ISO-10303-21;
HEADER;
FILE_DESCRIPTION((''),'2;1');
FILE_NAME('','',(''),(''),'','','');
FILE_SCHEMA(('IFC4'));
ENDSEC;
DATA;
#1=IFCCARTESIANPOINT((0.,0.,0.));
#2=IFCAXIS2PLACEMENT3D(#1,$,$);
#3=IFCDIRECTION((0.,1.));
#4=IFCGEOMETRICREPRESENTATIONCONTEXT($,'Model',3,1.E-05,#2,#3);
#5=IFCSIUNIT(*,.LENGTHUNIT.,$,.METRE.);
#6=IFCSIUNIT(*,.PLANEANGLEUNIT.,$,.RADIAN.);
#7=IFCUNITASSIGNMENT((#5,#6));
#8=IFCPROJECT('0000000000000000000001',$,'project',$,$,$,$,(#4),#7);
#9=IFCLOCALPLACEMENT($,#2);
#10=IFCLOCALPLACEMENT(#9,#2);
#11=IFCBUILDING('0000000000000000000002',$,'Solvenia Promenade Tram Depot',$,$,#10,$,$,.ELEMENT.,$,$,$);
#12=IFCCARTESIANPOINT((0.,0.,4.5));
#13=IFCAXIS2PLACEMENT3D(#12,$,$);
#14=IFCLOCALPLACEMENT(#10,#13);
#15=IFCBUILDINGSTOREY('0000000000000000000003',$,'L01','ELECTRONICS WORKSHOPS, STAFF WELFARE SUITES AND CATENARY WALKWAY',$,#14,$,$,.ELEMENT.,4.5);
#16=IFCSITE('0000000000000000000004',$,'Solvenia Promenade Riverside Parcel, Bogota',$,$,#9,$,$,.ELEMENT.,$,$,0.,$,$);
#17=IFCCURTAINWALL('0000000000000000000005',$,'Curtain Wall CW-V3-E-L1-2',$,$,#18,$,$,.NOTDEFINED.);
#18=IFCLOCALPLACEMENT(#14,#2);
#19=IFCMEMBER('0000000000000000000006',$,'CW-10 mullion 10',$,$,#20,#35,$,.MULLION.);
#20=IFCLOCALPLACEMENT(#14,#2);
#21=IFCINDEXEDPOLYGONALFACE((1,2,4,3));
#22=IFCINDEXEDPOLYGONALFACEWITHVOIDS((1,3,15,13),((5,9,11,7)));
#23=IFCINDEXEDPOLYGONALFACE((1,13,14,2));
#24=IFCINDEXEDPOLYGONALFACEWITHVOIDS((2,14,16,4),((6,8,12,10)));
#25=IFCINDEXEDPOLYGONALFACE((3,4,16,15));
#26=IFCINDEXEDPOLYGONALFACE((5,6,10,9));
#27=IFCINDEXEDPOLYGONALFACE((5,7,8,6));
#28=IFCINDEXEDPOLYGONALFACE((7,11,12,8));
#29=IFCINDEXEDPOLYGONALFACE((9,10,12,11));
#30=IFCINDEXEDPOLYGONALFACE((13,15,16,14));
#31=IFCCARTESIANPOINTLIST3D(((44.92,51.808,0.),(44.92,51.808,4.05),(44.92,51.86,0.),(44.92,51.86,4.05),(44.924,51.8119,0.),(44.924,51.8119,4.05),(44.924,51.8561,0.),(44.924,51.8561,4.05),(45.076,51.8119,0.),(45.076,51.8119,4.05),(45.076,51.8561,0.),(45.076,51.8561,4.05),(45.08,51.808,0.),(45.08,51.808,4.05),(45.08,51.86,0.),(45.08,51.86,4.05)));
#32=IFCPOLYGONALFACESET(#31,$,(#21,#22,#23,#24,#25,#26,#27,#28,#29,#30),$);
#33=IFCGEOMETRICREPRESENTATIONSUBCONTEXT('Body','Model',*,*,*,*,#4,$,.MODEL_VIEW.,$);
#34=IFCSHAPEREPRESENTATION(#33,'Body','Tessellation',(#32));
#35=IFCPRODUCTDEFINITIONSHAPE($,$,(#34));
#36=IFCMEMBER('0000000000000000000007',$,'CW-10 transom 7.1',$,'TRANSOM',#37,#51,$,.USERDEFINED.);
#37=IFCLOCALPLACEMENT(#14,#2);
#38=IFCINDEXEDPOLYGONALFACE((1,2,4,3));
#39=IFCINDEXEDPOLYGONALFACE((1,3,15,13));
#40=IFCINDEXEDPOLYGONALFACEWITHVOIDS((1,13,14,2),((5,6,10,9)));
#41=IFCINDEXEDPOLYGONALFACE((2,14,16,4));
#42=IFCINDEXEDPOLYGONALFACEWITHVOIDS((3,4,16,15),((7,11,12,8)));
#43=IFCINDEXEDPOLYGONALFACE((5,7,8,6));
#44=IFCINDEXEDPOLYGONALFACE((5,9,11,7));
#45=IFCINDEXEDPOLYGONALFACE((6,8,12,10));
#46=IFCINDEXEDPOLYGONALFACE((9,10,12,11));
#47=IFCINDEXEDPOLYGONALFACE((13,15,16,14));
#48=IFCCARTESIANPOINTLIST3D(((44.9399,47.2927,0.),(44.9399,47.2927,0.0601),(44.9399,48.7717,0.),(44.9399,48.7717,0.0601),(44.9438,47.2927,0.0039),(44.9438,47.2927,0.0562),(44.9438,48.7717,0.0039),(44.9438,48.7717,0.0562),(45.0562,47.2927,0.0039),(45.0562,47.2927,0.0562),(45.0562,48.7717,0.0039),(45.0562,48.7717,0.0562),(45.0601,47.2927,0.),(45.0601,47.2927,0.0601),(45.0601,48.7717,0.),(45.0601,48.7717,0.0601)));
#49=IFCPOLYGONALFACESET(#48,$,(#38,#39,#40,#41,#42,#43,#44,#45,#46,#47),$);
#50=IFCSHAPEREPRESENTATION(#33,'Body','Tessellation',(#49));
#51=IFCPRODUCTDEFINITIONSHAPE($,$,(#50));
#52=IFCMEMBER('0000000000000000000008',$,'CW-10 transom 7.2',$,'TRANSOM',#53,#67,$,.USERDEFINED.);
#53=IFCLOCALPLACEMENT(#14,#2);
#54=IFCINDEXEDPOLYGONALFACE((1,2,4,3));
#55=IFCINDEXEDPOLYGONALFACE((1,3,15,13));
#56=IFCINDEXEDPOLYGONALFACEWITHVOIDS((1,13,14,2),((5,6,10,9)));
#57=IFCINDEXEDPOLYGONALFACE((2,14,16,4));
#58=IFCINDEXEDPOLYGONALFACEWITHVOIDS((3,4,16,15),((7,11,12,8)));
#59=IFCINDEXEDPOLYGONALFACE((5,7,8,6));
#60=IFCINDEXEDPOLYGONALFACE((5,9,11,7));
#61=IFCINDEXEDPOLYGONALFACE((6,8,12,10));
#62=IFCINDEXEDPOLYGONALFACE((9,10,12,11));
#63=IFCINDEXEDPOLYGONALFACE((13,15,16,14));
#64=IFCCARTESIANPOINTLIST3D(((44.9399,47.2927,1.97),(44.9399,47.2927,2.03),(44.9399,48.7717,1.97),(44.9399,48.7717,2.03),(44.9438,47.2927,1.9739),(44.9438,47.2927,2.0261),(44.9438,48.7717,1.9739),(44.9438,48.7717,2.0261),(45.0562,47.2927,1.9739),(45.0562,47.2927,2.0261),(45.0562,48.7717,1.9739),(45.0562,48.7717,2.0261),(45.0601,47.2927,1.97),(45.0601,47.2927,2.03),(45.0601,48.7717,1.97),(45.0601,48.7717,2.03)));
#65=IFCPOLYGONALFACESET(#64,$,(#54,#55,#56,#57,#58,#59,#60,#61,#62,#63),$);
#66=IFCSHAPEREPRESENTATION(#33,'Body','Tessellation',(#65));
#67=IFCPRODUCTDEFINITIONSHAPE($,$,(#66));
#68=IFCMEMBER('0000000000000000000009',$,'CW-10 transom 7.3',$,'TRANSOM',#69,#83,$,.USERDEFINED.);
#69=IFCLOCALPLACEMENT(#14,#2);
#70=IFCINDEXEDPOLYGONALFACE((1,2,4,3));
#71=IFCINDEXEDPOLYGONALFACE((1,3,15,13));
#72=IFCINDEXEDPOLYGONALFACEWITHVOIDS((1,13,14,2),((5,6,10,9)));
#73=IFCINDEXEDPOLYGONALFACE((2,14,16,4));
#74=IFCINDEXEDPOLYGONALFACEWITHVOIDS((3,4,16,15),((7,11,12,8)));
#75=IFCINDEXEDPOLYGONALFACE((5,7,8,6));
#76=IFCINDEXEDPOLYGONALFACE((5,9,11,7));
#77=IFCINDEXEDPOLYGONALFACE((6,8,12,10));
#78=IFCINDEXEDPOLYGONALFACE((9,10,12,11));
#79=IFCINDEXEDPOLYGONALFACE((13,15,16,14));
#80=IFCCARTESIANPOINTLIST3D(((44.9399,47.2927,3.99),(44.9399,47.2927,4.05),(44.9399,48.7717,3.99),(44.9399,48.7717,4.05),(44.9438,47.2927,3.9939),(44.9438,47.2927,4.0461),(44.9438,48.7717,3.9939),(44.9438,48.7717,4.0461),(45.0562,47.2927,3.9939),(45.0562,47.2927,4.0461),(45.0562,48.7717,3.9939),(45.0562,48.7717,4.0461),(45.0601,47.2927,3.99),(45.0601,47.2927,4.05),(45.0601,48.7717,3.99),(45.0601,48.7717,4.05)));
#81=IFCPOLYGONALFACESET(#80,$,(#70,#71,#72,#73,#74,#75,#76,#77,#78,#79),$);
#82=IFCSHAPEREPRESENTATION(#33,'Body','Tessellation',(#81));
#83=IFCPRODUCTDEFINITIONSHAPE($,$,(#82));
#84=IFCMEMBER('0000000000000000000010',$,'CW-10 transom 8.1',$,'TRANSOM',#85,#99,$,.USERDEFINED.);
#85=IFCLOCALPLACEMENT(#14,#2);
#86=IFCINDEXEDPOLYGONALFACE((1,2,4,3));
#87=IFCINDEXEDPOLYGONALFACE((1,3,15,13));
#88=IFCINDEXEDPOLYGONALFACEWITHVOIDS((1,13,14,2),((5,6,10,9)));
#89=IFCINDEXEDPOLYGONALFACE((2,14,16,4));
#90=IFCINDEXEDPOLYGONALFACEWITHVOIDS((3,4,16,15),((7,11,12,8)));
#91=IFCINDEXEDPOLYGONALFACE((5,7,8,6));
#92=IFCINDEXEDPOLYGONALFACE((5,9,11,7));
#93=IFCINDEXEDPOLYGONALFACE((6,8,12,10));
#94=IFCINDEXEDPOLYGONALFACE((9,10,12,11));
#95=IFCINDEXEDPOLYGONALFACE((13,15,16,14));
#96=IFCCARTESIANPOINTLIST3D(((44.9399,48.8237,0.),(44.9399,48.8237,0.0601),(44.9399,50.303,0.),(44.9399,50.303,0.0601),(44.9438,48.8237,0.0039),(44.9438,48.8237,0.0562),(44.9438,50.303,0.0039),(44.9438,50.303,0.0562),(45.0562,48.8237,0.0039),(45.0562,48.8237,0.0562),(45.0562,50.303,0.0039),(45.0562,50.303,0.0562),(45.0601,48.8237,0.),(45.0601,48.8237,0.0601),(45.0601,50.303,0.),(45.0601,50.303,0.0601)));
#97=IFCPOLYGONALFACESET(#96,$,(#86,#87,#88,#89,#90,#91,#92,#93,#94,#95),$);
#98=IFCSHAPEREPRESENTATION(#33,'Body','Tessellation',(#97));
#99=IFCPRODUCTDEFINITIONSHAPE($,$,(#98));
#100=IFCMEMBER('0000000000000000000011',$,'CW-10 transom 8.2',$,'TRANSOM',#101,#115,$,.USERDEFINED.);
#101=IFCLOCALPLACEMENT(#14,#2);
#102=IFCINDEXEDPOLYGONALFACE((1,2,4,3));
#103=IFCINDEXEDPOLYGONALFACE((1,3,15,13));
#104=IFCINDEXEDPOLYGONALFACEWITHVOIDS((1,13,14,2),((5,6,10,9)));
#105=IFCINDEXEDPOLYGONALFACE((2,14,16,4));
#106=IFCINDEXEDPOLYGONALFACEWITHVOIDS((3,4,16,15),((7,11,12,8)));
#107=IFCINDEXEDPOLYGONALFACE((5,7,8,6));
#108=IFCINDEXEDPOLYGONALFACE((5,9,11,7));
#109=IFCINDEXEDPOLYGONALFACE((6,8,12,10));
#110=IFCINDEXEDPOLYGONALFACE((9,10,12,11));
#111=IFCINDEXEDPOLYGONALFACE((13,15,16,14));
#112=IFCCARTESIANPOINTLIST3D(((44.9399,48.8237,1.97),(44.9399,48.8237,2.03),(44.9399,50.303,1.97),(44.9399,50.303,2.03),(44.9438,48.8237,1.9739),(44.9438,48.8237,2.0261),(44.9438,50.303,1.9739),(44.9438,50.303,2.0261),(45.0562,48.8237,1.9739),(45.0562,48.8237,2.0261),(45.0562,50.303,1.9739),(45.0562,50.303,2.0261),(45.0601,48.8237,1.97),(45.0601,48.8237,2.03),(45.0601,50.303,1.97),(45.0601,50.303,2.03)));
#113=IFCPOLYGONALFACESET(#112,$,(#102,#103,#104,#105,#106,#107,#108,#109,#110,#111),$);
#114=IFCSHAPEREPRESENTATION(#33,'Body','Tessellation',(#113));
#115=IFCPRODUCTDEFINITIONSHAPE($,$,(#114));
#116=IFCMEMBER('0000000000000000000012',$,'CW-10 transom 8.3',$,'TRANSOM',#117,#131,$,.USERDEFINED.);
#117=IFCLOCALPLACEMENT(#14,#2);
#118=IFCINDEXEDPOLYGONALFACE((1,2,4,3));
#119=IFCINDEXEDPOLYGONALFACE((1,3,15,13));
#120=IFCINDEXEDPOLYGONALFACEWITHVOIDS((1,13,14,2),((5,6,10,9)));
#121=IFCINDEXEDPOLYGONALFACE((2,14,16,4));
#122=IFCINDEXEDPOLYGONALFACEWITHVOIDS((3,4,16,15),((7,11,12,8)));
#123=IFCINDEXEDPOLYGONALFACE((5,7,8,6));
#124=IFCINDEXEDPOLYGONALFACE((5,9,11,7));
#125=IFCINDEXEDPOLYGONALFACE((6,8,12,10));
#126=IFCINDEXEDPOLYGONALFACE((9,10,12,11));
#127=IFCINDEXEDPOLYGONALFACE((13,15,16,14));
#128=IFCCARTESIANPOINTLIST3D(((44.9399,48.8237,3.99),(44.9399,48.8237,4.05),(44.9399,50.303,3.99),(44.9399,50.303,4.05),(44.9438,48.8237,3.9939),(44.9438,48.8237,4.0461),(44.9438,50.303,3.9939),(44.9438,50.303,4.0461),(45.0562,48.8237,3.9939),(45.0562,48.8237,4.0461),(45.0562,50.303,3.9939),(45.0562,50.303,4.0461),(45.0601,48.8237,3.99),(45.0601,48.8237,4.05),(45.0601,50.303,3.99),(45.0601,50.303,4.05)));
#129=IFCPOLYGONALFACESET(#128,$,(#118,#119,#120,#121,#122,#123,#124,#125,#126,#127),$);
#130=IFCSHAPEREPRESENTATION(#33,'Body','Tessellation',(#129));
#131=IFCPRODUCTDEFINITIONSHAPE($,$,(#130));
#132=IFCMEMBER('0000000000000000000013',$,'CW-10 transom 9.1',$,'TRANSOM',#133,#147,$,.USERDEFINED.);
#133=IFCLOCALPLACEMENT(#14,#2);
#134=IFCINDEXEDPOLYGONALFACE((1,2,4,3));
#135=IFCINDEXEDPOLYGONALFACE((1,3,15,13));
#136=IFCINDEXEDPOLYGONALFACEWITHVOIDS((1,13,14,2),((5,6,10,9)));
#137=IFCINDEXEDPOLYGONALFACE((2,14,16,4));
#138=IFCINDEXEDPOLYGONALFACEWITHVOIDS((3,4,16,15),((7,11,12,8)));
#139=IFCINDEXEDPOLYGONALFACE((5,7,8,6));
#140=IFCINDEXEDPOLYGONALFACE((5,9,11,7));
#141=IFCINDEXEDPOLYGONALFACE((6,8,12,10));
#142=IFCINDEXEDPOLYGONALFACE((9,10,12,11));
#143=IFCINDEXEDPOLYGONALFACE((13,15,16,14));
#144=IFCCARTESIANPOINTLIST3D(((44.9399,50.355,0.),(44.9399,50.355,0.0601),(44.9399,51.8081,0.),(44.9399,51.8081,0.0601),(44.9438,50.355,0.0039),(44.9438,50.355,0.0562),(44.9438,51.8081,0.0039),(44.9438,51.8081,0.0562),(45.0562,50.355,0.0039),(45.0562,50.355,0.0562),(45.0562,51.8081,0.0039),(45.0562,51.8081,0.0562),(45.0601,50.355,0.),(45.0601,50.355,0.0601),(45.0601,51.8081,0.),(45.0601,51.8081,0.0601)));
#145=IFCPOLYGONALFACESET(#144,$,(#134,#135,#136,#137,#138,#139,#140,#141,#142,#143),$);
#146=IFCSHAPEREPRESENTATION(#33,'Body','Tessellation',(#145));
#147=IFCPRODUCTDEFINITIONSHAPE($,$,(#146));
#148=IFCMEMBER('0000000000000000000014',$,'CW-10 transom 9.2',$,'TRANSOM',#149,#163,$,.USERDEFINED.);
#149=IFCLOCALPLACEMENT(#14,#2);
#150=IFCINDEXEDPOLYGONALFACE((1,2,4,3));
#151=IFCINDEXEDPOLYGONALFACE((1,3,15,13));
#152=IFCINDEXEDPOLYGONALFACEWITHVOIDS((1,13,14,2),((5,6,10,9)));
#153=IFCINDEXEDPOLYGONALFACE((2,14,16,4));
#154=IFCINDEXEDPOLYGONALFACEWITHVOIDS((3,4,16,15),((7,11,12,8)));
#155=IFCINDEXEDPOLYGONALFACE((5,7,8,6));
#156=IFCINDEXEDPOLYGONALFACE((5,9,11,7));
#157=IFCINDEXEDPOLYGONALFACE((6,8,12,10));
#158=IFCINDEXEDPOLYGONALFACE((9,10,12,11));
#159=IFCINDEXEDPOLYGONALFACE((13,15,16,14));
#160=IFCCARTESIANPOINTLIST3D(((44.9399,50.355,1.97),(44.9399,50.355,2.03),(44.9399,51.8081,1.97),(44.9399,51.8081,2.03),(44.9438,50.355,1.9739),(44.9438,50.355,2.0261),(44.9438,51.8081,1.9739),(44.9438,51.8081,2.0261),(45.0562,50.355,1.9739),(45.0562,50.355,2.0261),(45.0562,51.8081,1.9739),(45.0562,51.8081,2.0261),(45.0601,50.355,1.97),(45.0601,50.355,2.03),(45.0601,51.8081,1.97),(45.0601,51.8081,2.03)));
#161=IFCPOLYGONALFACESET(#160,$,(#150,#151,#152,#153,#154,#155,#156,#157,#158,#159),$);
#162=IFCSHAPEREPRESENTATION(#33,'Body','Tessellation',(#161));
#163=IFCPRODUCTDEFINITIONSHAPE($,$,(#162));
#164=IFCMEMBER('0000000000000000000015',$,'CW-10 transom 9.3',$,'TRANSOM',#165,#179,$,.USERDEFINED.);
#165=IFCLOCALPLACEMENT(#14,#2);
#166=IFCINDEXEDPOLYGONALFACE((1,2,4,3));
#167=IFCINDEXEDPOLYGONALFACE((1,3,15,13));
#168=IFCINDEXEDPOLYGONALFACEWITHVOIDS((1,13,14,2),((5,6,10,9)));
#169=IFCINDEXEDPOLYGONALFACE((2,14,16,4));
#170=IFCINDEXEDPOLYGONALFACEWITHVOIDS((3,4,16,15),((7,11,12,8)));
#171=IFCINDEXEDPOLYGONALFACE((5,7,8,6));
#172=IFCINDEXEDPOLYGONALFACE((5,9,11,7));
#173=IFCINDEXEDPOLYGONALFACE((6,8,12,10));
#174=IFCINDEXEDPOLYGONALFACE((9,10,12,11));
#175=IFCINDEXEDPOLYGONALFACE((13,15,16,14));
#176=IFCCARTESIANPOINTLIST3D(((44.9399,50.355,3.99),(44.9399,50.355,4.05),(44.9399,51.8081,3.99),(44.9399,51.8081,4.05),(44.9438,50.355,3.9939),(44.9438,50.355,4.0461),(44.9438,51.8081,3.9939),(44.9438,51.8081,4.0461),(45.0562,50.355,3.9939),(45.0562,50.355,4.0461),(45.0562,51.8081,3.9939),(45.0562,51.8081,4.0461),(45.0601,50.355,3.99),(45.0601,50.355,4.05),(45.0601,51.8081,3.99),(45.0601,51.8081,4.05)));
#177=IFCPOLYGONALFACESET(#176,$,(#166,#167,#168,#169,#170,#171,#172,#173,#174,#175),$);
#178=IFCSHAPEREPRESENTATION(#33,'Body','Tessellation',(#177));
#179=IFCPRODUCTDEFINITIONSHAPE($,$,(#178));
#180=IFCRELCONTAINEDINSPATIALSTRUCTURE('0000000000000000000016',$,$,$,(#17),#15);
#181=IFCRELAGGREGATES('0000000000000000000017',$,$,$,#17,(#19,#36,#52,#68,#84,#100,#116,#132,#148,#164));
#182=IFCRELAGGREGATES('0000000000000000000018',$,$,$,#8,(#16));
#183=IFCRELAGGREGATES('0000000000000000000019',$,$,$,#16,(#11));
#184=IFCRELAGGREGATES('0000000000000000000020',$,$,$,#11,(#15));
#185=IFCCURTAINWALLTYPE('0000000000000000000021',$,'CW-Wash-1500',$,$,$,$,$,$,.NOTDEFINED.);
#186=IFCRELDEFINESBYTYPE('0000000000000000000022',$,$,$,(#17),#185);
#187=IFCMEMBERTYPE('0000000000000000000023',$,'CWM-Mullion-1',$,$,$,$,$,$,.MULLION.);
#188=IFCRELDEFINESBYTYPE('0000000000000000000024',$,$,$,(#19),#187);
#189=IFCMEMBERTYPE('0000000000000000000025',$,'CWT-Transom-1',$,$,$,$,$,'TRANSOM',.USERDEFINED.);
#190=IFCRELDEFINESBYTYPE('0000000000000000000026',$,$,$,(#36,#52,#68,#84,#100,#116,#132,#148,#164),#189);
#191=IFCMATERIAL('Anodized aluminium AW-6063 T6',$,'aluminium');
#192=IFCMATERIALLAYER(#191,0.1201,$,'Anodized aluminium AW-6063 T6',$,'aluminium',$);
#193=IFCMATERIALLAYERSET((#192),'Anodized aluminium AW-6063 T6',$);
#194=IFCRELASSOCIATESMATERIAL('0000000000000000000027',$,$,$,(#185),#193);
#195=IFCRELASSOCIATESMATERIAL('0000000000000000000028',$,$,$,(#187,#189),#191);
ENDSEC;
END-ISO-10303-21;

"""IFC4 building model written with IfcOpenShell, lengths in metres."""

from ifc_helpers import new_model, si_unit, direction, frame, origin, origin_2d, place, context, subcontext, project, spatial, hollow_rectangle, extrude, material, layer, layer_set, material_profile, profile_set, type_object, element, aggregate, save


model = new_model("IFC4")

# Units and contexts
model_context = context("Model", 3, precision=1e-05, world=origin(), true_north=direction((0.0, 1.0)))
body_context = subcontext(model_context, "Body", "Model", "MODEL_VIEW")
ifc_project = project(units=[si_unit("LENGTHUNIT", "METRE"), si_unit("PLANEANGLEUNIT", "RADIAN")], contexts=[model_context])

# Site, building, storey
site_placement = place(None, origin())
site = spatial("IfcSite", under=ifc_project, at=site_placement, Name="Solvenia Promenade Riverside Parcel, Bogota", CompositionType="ELEMENT", RefElevation=0.0)
building_placement = place(site_placement, origin())
building = spatial("IfcBuilding", under=site, at=building_placement, Name="Solvenia Promenade Tram Depot", CompositionType="ELEMENT")
storey_placement = place(building_placement, frame((0.0, 0.0, 4.5)))
storey = spatial("IfcBuildingStorey", under=building, at=storey_placement, Name="L01", Description="ELECTRONICS WORKSHOPS, STAFF WELFARE SUITES AND CATENARY WALKWAY", CompositionType="ELEMENT", Elevation=4.5)

# Curtain wall, members
ifc_material_1 = material(Name="Anodized aluminium AW-6063 T6", Category="aluminium")
ifc_layer_1 = layer(ifc_material_1, 0.1201, Name="Anodized aluminium AW-6063 T6", Category="aluminium")
ifc_layer_set_1 = layer_set([ifc_layer_1], Name="Anodized aluminium AW-6063 T6")
curtain_wall_type = type_object("IfcCurtainWallType", Name="CW-Wash-1500", PredefinedType="NOTDEFINED", material=ifc_layer_set_1)
curtain_wall_placement = place(storey_placement, origin())
curtain_wall = element("IfcCurtainWall", 1, at=curtain_wall_placement, inside=storey, type_object=curtain_wall_type, Name="Curtain Wall CW-V3-E-L1-2", PredefinedType="NOTDEFINED")
ifc_material_profile_1 = material_profile(ifc_material_1, hollow_rectangle(XDim=0.1599, YDim=0.052, WallThickness=0.0039, at=origin_2d()), Name="ALU-M1", Category="aluminium")
ifc_profile_set_1 = profile_set([ifc_material_profile_1], Name="Anodized aluminium AW-6063 T6")
member_type_1 = type_object("IfcMemberType", Name="CWM-Mullion-1", PredefinedType="MULLION", material=ifc_profile_set_1)
member_1_placement = place(storey_placement, frame((45.0, 51.834, 0.0), z_axis=(0.0, 0.0, 1.0), x_axis=(-1.0, 0.0, 0.0)))
member_1 = element("IfcMember", 2, at=member_1_placement, type_object=member_type_1, Name="CW-10 mullion 10", PredefinedType="MULLION", context=body_context, shape_type="SweptSolid", body=[
    extrude(hollow_rectangle(XDim=0.1599, YDim=0.052, WallThickness=0.0039, at=origin_2d()), origin(), (0.0, 0.0, 1.0), 4.05),
])
ifc_material_profile_2 = material_profile(ifc_material_1, hollow_rectangle(XDim=0.1201, YDim=0.0601, WallThickness=0.0039, at=origin_2d()), Name="ALU-T1", Category="aluminium")
ifc_profile_set_2 = profile_set([ifc_material_profile_2], Name="Anodized aluminium AW-6063 T6")
member_type_2 = type_object("IfcMemberType", Name="CWT-Transom-1", ElementType="TRANSOM", PredefinedType="USERDEFINED", material=ifc_profile_set_2)
member_2_placement = place(storey_placement, frame((45.0, 47.2927, 0.03), z_axis=(0.0, 1.0, 0.0), x_axis=(-1.0, 0.0, 0.0)))
member_2 = element("IfcMember", 3, at=member_2_placement, type_object=member_type_2, Name="CW-10 transom 7.1", ObjectType="TRANSOM", PredefinedType="USERDEFINED", context=body_context, shape_type="SweptSolid", body=[
    extrude(hollow_rectangle(XDim=0.1201, YDim=0.0601, WallThickness=0.0039, at=origin_2d()), origin(), (0.0, 0.0, 1.0), 1.479),
])
member_3_placement = place(storey_placement, frame((45.0, 47.2927, 2.0), z_axis=(0.0, 1.0, 0.0), x_axis=(-1.0, 0.0, 0.0)))
member_3 = element("IfcMember", 4, at=member_3_placement, type_object=member_type_2, Name="CW-10 transom 7.2", ObjectType="TRANSOM", PredefinedType="USERDEFINED", context=body_context, shape_type="SweptSolid", body=[
    extrude(hollow_rectangle(XDim=0.1201, YDim=0.0601, WallThickness=0.0039, at=origin_2d()), origin(), (0.0, 0.0, 1.0), 1.479),
])
member_4_placement = place(storey_placement, frame((45.0, 47.2927, 4.02), z_axis=(0.0, 1.0, 0.0), x_axis=(-1.0, 0.0, 0.0)))
member_4 = element("IfcMember", 5, at=member_4_placement, type_object=member_type_2, Name="CW-10 transom 7.3", ObjectType="TRANSOM", PredefinedType="USERDEFINED", context=body_context, shape_type="SweptSolid", body=[
    extrude(hollow_rectangle(XDim=0.1201, YDim=0.0601, WallThickness=0.0039, at=origin_2d()), origin(), (0.0, 0.0, 1.0), 1.479),
])
member_5_placement = place(storey_placement, frame((45.0, 48.8237, 0.03), z_axis=(0.0, 1.0, 0.0), x_axis=(-1.0, 0.0, 0.0)))
member_5 = element("IfcMember", 6, at=member_5_placement, type_object=member_type_2, Name="CW-10 transom 8.1", ObjectType="TRANSOM", PredefinedType="USERDEFINED", context=body_context, shape_type="SweptSolid", body=[
    extrude(hollow_rectangle(XDim=0.1201, YDim=0.0601, WallThickness=0.0039, at=origin_2d()), origin(), (0.0, 0.0, 1.0), 1.4792),
])
member_6_placement = place(storey_placement, frame((45.0, 48.8237, 2.0), z_axis=(0.0, 1.0, 0.0), x_axis=(-1.0, 0.0, 0.0)))
member_6 = element("IfcMember", 7, at=member_6_placement, type_object=member_type_2, Name="CW-10 transom 8.2", ObjectType="TRANSOM", PredefinedType="USERDEFINED", context=body_context, shape_type="SweptSolid", body=[
    extrude(hollow_rectangle(XDim=0.1201, YDim=0.0601, WallThickness=0.0039, at=origin_2d()), origin(), (0.0, 0.0, 1.0), 1.4792),
])
member_7_placement = place(storey_placement, frame((45.0, 48.8237, 4.02), z_axis=(0.0, 1.0, 0.0), x_axis=(-1.0, 0.0, 0.0)))
member_7 = element("IfcMember", 8, at=member_7_placement, type_object=member_type_2, Name="CW-10 transom 8.3", ObjectType="TRANSOM", PredefinedType="USERDEFINED", context=body_context, shape_type="SweptSolid", body=[
    extrude(hollow_rectangle(XDim=0.1201, YDim=0.0601, WallThickness=0.0039, at=origin_2d()), origin(), (0.0, 0.0, 1.0), 1.4792),
])
member_8_placement = place(storey_placement, frame((45.0, 50.355, 0.03), z_axis=(0.0, 1.0, 0.0), x_axis=(-1.0, 0.0, 0.0)))
member_8 = element("IfcMember", 9, at=member_8_placement, type_object=member_type_2, Name="CW-10 transom 9.1", ObjectType="TRANSOM", PredefinedType="USERDEFINED", context=body_context, shape_type="SweptSolid", body=[
    extrude(hollow_rectangle(XDim=0.1201, YDim=0.0601, WallThickness=0.0039, at=origin_2d()), origin(), (0.0, 0.0, 1.0), 1.4531),
])
member_9_placement = place(storey_placement, frame((45.0, 50.355, 2.0), z_axis=(0.0, 1.0, 0.0), x_axis=(-1.0, 0.0, 0.0)))
member_9 = element("IfcMember", 10, at=member_9_placement, type_object=member_type_2, Name="CW-10 transom 9.2", ObjectType="TRANSOM", PredefinedType="USERDEFINED", context=body_context, shape_type="SweptSolid", body=[
    extrude(hollow_rectangle(XDim=0.1201, YDim=0.0601, WallThickness=0.0039, at=origin_2d()), origin(), (0.0, 0.0, 1.0), 1.4531),
])
member_10_placement = place(storey_placement, frame((45.0, 50.355, 4.02), z_axis=(0.0, 1.0, 0.0), x_axis=(-1.0, 0.0, 0.0)))
member_10 = element("IfcMember", 11, at=member_10_placement, type_object=member_type_2, Name="CW-10 transom 9.3", ObjectType="TRANSOM", PredefinedType="USERDEFINED", context=body_context, shape_type="SweptSolid", body=[
    extrude(hollow_rectangle(XDim=0.1201, YDim=0.0601, WallThickness=0.0039, at=origin_2d()), origin(), (0.0, 0.0, 1.0), 1.4531),
])

aggregate(curtain_wall, [member_1, member_2, member_3, member_4, member_5, member_6, member_7, member_8, member_9, member_10])

save(model, "model.ifc")
